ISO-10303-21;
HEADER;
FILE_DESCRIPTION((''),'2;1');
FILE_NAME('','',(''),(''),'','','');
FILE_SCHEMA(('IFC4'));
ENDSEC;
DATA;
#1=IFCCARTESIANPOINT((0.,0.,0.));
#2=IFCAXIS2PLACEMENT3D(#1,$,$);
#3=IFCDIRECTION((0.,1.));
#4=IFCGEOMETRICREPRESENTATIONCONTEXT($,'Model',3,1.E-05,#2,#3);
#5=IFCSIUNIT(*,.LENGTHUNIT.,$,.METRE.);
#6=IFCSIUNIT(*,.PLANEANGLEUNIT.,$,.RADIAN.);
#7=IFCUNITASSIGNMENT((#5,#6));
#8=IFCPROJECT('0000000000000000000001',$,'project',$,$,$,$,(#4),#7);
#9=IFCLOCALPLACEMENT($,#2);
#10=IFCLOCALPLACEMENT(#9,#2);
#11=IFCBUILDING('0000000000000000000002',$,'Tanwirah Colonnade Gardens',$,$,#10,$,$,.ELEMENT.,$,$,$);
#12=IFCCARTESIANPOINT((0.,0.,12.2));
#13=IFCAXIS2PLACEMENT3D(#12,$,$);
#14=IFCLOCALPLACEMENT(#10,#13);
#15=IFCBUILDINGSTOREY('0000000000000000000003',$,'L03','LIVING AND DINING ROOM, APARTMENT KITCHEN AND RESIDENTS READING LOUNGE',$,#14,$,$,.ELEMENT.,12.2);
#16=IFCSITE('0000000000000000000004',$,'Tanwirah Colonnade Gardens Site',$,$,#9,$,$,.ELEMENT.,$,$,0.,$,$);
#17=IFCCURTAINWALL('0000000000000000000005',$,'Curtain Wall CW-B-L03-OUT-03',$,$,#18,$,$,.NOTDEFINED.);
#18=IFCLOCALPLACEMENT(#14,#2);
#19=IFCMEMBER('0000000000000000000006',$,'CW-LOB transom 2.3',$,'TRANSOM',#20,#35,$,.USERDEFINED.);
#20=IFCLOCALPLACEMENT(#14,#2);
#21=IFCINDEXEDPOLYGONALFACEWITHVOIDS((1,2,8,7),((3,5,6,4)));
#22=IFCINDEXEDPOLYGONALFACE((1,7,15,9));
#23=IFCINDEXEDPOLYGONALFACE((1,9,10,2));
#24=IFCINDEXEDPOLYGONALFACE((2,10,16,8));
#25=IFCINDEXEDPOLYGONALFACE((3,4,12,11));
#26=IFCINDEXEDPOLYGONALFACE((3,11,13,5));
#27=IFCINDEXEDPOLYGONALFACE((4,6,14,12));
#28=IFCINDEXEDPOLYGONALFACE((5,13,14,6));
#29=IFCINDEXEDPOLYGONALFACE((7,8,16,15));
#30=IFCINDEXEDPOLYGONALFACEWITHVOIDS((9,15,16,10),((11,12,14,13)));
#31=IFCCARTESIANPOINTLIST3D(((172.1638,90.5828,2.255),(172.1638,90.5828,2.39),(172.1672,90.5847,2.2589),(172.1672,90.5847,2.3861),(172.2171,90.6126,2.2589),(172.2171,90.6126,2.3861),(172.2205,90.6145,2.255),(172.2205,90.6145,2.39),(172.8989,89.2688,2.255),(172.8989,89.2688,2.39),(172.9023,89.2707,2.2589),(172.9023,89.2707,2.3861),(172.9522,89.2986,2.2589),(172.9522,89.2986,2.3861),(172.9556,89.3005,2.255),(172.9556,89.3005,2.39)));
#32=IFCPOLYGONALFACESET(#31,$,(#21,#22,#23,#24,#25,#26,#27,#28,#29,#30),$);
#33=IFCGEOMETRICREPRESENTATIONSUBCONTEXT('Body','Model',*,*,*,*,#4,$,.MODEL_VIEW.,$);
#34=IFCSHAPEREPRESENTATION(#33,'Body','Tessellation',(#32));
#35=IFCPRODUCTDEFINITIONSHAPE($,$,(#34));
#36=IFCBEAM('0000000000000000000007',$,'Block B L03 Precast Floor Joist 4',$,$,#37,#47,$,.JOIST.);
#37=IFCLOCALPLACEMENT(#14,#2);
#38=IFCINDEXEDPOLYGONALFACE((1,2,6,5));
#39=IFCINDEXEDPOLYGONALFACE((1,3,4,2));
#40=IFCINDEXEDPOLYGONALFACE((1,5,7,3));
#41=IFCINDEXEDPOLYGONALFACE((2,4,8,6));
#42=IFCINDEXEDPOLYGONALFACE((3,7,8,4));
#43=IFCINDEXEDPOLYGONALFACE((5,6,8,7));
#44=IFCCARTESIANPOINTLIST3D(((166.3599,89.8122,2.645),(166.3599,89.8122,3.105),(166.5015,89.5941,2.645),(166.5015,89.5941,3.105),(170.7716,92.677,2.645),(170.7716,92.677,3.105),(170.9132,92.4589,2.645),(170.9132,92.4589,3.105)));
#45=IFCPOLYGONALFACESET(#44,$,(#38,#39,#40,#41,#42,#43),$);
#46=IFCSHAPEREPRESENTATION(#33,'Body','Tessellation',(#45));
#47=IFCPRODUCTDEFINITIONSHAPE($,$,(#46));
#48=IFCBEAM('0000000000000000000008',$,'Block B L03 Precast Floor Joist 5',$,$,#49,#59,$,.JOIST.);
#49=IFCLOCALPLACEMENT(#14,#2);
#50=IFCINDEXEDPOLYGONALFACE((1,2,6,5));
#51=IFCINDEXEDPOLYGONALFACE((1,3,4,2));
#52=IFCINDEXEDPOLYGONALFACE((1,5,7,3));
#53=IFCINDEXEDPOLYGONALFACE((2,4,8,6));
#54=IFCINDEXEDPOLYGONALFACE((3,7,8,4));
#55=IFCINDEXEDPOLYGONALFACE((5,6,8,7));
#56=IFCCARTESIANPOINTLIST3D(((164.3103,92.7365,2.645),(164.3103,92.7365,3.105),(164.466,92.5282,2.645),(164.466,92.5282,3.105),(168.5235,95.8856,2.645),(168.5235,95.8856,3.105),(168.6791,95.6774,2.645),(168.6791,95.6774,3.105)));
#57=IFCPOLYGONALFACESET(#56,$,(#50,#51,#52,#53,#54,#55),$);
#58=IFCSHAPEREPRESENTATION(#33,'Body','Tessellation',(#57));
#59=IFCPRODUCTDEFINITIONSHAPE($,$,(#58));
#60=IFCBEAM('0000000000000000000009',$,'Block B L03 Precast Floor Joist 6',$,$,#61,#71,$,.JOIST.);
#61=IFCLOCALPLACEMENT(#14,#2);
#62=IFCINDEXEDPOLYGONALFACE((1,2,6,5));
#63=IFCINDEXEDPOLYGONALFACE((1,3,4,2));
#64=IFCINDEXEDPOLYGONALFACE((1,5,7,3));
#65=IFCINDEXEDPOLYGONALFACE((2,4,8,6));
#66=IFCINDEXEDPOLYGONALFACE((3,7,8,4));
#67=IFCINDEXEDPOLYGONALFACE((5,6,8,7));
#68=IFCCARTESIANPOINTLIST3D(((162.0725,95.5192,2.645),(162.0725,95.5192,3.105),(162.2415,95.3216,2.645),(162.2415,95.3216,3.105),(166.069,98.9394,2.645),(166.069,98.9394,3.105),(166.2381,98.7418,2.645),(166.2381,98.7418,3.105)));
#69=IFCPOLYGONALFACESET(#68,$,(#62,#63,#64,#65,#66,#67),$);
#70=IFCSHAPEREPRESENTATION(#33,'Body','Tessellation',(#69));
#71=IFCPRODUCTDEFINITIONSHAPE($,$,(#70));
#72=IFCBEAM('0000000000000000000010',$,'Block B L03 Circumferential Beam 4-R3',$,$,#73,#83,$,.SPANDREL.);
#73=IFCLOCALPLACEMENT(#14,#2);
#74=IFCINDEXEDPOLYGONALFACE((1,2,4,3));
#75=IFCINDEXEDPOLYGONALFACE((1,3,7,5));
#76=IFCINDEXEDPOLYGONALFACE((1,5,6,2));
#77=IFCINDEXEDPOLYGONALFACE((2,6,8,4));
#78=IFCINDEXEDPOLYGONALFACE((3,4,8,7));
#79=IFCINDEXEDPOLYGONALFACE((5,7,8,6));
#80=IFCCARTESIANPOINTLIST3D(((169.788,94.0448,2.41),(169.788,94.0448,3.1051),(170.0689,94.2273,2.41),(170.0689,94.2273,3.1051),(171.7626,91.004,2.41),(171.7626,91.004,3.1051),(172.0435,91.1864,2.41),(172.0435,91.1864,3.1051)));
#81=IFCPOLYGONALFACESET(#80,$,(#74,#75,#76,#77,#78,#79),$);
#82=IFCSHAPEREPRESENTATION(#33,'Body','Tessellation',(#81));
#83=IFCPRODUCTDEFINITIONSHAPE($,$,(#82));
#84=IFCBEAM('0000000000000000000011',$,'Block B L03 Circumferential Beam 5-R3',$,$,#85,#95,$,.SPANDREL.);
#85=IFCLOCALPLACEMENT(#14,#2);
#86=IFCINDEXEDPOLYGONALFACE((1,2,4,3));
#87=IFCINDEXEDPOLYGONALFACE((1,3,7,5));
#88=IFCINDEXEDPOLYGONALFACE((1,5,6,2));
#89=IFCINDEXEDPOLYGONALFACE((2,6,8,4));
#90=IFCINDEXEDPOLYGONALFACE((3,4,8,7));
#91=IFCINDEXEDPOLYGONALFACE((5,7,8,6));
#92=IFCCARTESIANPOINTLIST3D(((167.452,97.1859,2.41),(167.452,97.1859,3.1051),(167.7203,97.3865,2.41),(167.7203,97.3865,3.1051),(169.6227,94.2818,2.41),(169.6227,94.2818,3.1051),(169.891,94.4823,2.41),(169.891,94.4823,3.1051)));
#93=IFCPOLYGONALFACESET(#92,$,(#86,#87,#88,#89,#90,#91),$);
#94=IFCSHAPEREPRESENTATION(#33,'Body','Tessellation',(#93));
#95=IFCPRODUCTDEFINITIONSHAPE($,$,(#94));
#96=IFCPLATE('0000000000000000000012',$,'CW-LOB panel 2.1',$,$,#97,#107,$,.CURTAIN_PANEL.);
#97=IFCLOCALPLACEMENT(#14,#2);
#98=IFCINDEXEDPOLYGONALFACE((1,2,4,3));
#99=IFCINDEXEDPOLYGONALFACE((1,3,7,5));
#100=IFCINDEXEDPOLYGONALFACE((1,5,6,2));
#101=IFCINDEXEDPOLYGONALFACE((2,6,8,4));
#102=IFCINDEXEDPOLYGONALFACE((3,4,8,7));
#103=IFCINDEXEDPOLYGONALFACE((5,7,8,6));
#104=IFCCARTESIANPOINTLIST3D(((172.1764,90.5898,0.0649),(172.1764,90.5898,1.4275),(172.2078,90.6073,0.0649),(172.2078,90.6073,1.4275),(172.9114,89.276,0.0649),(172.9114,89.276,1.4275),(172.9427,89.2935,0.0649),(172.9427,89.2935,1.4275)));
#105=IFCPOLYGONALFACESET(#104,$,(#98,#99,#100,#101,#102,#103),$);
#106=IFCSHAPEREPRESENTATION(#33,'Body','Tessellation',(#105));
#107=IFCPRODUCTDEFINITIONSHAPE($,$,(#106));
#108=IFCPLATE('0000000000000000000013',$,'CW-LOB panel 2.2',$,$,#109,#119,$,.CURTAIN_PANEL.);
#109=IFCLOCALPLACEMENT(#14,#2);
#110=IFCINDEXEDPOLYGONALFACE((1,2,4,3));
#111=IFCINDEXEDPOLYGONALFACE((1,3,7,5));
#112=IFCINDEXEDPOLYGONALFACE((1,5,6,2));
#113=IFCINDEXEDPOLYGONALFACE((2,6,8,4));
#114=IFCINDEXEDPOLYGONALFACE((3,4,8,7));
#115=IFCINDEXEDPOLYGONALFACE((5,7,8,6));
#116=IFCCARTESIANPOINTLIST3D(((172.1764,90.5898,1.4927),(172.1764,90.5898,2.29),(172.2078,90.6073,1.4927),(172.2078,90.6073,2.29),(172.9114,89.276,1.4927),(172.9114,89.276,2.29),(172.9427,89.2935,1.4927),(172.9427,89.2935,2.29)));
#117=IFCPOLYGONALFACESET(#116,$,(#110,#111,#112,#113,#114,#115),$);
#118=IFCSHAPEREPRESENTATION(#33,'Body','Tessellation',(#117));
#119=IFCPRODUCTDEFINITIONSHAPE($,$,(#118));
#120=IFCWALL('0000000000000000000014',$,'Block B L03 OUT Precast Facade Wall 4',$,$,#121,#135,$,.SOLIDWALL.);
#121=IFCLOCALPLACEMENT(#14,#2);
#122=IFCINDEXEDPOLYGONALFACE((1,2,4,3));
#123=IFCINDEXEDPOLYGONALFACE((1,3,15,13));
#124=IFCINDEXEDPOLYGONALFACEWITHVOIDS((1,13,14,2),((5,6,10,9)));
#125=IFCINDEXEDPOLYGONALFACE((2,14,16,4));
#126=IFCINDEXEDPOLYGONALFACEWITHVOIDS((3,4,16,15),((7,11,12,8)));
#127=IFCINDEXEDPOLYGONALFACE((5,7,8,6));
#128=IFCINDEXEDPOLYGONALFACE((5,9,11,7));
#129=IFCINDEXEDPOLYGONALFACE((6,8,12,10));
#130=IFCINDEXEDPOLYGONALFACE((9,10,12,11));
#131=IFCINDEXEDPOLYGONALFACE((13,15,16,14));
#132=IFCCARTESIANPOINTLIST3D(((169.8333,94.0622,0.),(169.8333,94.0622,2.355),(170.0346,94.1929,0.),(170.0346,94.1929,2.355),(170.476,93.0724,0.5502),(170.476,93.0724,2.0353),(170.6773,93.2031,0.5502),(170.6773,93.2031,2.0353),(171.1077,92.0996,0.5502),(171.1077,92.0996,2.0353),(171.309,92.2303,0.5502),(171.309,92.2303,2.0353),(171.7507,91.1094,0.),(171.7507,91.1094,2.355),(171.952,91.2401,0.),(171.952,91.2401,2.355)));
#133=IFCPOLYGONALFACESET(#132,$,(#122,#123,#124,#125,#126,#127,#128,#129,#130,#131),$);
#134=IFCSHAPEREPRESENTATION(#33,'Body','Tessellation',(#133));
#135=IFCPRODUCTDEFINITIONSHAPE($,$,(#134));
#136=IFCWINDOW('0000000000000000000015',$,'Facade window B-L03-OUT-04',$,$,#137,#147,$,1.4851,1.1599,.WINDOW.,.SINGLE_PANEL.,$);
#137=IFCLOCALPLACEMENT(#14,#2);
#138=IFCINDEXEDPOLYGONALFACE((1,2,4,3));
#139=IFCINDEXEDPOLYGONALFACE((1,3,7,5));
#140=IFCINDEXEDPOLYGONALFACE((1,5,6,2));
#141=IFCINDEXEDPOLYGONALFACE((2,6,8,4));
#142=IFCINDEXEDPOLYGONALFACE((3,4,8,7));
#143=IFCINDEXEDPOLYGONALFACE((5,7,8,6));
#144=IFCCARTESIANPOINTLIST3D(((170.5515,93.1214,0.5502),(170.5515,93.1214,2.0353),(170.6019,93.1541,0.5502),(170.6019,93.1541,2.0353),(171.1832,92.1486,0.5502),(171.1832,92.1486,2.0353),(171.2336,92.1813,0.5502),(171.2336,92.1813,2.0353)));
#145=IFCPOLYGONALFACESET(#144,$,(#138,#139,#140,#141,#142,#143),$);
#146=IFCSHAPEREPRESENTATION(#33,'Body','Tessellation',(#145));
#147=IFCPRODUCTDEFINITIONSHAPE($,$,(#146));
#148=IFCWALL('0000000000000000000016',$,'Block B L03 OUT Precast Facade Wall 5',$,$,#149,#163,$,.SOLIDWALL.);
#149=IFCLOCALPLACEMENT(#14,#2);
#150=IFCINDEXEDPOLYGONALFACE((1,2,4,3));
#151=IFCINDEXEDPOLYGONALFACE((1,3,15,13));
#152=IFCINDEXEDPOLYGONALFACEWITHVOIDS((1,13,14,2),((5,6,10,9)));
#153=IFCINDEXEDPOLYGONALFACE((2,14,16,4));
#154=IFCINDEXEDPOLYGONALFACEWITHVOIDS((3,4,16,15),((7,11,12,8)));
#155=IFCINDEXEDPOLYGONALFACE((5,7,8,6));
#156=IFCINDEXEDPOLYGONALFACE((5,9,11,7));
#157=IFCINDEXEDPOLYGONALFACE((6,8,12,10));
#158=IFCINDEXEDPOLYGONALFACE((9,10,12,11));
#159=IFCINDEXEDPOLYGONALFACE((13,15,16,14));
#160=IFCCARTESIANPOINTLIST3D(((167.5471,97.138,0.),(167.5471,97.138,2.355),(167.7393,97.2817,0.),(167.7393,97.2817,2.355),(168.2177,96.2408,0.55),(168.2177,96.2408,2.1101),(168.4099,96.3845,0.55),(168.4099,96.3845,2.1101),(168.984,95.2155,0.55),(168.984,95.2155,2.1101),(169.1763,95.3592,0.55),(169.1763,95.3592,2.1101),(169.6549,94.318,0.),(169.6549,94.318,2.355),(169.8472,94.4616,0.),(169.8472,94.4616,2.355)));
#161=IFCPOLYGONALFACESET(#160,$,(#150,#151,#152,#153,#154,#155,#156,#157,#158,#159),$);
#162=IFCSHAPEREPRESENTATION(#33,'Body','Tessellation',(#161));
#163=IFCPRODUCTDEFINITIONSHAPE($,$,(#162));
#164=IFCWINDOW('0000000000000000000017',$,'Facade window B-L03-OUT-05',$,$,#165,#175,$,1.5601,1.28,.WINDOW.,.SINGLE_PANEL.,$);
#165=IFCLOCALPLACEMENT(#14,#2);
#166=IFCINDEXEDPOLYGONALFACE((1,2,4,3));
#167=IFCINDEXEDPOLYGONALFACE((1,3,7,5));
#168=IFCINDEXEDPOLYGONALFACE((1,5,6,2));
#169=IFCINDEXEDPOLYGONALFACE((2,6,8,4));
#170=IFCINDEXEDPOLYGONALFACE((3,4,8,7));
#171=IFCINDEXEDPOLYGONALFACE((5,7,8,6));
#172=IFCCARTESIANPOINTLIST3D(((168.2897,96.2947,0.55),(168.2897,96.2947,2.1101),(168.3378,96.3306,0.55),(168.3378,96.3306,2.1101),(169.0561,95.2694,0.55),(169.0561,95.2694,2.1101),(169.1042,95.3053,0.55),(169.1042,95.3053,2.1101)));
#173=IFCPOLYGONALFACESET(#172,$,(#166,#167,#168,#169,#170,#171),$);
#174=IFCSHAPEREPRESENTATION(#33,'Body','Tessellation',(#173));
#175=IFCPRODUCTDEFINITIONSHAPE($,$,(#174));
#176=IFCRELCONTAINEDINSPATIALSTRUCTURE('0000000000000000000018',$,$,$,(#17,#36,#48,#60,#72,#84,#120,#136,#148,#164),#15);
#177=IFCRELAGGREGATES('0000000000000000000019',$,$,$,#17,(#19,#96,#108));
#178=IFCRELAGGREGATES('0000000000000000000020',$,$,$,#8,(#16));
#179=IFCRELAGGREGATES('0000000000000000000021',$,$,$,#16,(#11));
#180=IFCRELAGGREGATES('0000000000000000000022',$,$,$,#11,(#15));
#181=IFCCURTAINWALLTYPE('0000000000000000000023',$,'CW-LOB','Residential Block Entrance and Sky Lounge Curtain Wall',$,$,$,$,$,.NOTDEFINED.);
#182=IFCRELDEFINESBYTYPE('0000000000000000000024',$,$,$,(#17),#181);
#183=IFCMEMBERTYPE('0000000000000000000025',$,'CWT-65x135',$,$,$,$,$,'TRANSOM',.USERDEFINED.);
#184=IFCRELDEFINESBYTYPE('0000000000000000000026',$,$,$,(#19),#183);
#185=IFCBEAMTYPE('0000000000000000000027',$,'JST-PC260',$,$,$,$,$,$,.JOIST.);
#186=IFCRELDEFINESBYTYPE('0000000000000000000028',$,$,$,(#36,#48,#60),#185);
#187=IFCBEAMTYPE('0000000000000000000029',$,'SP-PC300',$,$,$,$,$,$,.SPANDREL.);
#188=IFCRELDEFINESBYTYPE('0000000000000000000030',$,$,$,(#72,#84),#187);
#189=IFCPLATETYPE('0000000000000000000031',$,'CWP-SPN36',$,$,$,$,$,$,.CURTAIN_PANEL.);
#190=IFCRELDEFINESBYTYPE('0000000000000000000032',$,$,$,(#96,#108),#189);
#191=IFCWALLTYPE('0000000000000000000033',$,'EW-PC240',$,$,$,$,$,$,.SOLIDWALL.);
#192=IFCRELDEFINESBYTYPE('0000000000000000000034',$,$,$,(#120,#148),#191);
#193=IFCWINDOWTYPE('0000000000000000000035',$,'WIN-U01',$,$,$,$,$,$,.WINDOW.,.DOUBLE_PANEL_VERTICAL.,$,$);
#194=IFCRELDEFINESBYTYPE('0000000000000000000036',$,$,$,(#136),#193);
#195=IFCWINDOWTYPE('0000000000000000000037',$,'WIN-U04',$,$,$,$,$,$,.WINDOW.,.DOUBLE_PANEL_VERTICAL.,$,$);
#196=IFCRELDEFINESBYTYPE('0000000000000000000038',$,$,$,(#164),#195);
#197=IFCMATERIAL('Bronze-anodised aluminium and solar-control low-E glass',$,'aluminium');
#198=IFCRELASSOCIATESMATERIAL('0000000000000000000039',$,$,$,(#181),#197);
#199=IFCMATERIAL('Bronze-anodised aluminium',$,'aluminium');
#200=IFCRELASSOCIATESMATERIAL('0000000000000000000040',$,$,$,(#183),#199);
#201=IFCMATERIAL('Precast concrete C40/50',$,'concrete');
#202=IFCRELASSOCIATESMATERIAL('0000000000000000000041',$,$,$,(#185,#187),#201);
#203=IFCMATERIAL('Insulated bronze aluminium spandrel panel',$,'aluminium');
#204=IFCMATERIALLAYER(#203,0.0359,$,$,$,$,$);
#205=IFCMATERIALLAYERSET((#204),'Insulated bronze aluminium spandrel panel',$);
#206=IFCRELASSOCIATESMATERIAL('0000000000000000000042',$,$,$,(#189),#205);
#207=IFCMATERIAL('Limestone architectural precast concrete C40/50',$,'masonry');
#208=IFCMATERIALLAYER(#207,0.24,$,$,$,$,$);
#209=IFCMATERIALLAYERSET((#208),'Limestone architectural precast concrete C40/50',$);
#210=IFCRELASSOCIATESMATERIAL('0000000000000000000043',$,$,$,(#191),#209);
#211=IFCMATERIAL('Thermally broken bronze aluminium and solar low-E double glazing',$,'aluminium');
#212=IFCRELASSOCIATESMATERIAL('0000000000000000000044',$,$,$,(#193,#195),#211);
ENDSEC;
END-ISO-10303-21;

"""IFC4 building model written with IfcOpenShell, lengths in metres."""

from ifc_helpers import new_model, si_unit, direction, frame, frame_2d, origin, origin_2d, place, context, subcontext, project, spatial, rectangle, hollow_rectangle, extrude, material, layer, layer_set, material_profile, profile_set, type_object, element, fill, aggregate, save


model = new_model("IFC4")

# Units and contexts
model_context = context("Model", 3, precision=1e-05, world=origin(), true_north=direction((0.0, 1.0)))
body_context = subcontext(model_context, "Body", "Model", "MODEL_VIEW")
ifc_project = project(units=[si_unit("LENGTHUNIT", "METRE"), si_unit("PLANEANGLEUNIT", "RADIAN")], contexts=[model_context])

# Site, building, storey
site_placement = place(None, origin())
site = spatial("IfcSite", under=ifc_project, at=site_placement, Name="Tanwirah Colonnade Gardens Site", CompositionType="ELEMENT", RefElevation=0.0)
building_placement = place(site_placement, origin())
building = spatial("IfcBuilding", under=site, at=building_placement, Name="Tanwirah Colonnade Gardens", CompositionType="ELEMENT")
storey_placement = place(building_placement, frame((0.0, 0.0, 12.2)))
storey = spatial("IfcBuildingStorey", under=building, at=storey_placement, Name="L03", Description="LIVING AND DINING ROOM, APARTMENT KITCHEN AND RESIDENTS READING LOUNGE", CompositionType="ELEMENT", Elevation=12.2)

# Shared definitions
ifc_material_1 = material(Name="Precast concrete C40/50", Category="concrete")

# Curtain wall, member
ifc_material_2 = material(Name="Bronze-anodised aluminium and solar-control low-E glass", Category="aluminium")
curtain_wall_type = type_object("IfcCurtainWallType", Name="CW-LOB", Description="Residential Block Entrance and Sky Lounge Curtain Wall", PredefinedType="NOTDEFINED", material=ifc_material_2)
curtain_wall_placement = place(storey_placement, origin())
curtain_wall = element("IfcCurtainWall", 1, at=curtain_wall_placement, inside=storey, type_object=curtain_wall_type, Name="Curtain Wall CW-B-L03-OUT-03", PredefinedType="NOTDEFINED")
ifc_material_3 = material(Name="Bronze-anodised aluminium", Category="aluminium")
ifc_material_profile_1 = material_profile(ifc_material_3, hollow_rectangle(XDim=0.0649, YDim=0.135, WallThickness=0.0039, at=origin_2d()), Name="CW-TRN 65x135x4")
ifc_profile_set_1 = profile_set([ifc_material_profile_1], Name="Bronze-anodised aluminium")
member_type_1 = type_object("IfcMemberType", Name="CWT-65x135", ElementType="TRANSOM", PredefinedType="USERDEFINED", material=ifc_profile_set_1)
member_1_placement = place(storey_placement, frame((172.9272, 89.2847, 2.3225), z_axis=(-0.488243, 0.872708, 0.0), x_axis=(-0.872708, -0.488243, 0.0)))
member_1 = element("IfcMember", 2, at=member_1_placement, type_object=member_type_1, Name="CW-LOB transom 2.3", ObjectType="TRANSOM", PredefinedType="USERDEFINED", context=body_context, shape_type="SweptSolid", body=[
    extrude(hollow_rectangle(XDim=0.0649, YDim=0.135, WallThickness=0.0039, at=origin_2d()), origin(), (0.0, 0.0, 1.0), 1.5056),
])

# Beams
ifc_material_profile_2 = material_profile(ifc_material_1, rectangle(XDim=0.26, YDim=0.46, at=origin_2d()), Name="PC-JST 260x460")
ifc_profile_set_2 = profile_set([ifc_material_profile_2], Name="Precast concrete C40/50")
beam_type_1 = type_object("IfcBeamType", Name="JST-PC260", PredefinedType="JOIST", material=ifc_profile_set_2)
beam_1_placement = place(storey_placement, frame((166.4307, 89.7031, 2.875), z_axis=(0.838687, 0.544613, 0.0), x_axis=(-0.544613, 0.838687, 0.0)))
element("IfcBeam", 3, at=beam_1_placement, inside=storey, type_object=beam_type_1, Name="Block B L03 Precast Floor Joist 4", PredefinedType="JOIST", context=body_context, shape_type="SweptSolid", body=[
    extrude(rectangle(XDim=0.26, YDim=0.46, at=origin_2d()), origin(), (0.0, 0.0, 1.0), 5.2603),
])
beam_2_placement = place(storey_placement, frame((164.3882, 92.6323, 2.875), z_axis=(0.800974, 0.5987, 0.0), x_axis=(-0.5987, 0.800974, 0.0)))
element("IfcBeam", 4, at=beam_2_placement, inside=storey, type_object=beam_type_1, Name="Block B L03 Precast Floor Joist 5", PredefinedType="JOIST", context=body_context, shape_type="SweptSolid", body=[
    extrude(rectangle(XDim=0.26, YDim=0.46, at=origin_2d()), origin(), (0.0, 0.0, 1.0), 5.26),
])
beam_3_placement = place(storey_placement, frame((162.157, 95.4204, 2.875), z_axis=(0.759771, 0.650191, 0.0), x_axis=(-0.650191, 0.759771, 0.0)))
element("IfcBeam", 5, at=beam_3_placement, inside=storey, type_object=beam_type_1, Name="Block B L03 Precast Floor Joist 6", PredefinedType="JOIST", context=body_context, shape_type="SweptSolid", body=[
    extrude(rectangle(XDim=0.26, YDim=0.46, at=origin_2d()), origin(), (0.0, 0.0, 1.0), 5.2603),
])
ifc_material_profile_3 = material_profile(ifc_material_1, rectangle(XDim=0.335, YDim=0.6951, at=origin_2d()), Name="PC-SP 335x695")
ifc_profile_set_3 = profile_set([ifc_material_profile_3], Name="Precast concrete C40/50")
beam_type_2 = type_object("IfcBeamType", Name="SP-PC300", PredefinedType="SPANDREL", material=ifc_profile_set_3)
for number, where, z_axis, x_axis, name in (
    (6, (171.9031, 91.0952, 2.7576), (-0.544621, 0.838682, 0.0), (-0.838682, -0.544621, 0.0), "Block B L03 Circumferential Beam 4-R3"),
    (7, (169.7568, 94.3821, 2.7576), (-0.598696, 0.800977, 0.0), (-0.800977, -0.598696, 0.0), "Block B L03 Circumferential Beam 5-R3"),
):
    element("IfcBeam", number, at=place(storey_placement, frame(where, z_axis=z_axis, x_axis=x_axis)), inside=storey, type_object=beam_type_2, Name=name, PredefinedType="SPANDREL", context=body_context, shape_type="SweptSolid", body=[
        extrude(rectangle(XDim=0.335, YDim=0.6951, at=origin_2d()), origin(), (0.0, 0.0, 1.0), 3.6257),
    ])

# Plates
ifc_material_4 = material(Name="Insulated bronze aluminium spandrel panel", Category="aluminium")
ifc_layer_1 = layer(ifc_material_4, 0.0359)
ifc_layer_set_1 = layer_set([ifc_layer_1], Name="Insulated bronze aluminium spandrel panel")
plate_type = type_object("IfcPlateType", Name="CWP-SPN36", PredefinedType="CURTAIN_PANEL", material=ifc_layer_set_1)
plate_1_placement = place(storey_placement, frame((172.5596, 89.9417, 0.0649), z_axis=(0.0, 0.0, 1.0), x_axis=(-0.4882, 0.872732, 0.0)))
plate_1 = element("IfcPlate", 8, at=plate_1_placement, type_object=plate_type, Name="CW-LOB panel 2.1", PredefinedType="CURTAIN_PANEL", context=body_context, shape_type="SweptSolid", body=[
    extrude(rectangle(XDim=1.5054, YDim=0.0359, at=origin_2d()), origin(), (0.0, 0.0, 1.0), 1.3625),
])
plate_2_placement = place(storey_placement, frame((172.5596, 89.9417, 1.4927), z_axis=(0.0, 0.0, 1.0), x_axis=(-0.4882, 0.872732, 0.0)))
plate_2 = element("IfcPlate", 9, at=plate_2_placement, type_object=plate_type, Name="CW-LOB panel 2.2", PredefinedType="CURTAIN_PANEL", context=body_context, shape_type="SweptSolid", body=[
    extrude(rectangle(XDim=1.5054, YDim=0.0359, at=origin_2d()), origin(), (0.0, 0.0, 1.0), 0.7974),
])
aggregate(curtain_wall, [member_1, plate_1, plate_2])

# Walls, openings, windows
ifc_material_5 = material(Name="Limestone architectural precast concrete C40/50", Category="masonry")
ifc_layer_2 = layer(ifc_material_5, 0.24)
ifc_layer_set_2 = layer_set([ifc_layer_2], Name="Limestone architectural precast concrete C40/50")
wall_type_1 = type_object("IfcWallType", Name="EW-PC240", PredefinedType="SOLIDWALL", material=ifc_layer_set_2)
wall_1_placement = place(storey_placement, frame((171.8513, 91.1748, 0.0), z_axis=(0.0, 0.0, 1.0), x_axis=(-0.544611, 0.838689, 0.0)))
wall_1 = element("IfcWall", 10, at=wall_1_placement, inside=storey, type_object=wall_type_1, Name="Block B L03 OUT Precast Facade Wall 4", PredefinedType="SOLIDWALL", context=body_context, shape_type="SweptSolid", body=[
    extrude(rectangle(XDim=3.5208, YDim=0.24, at=frame_2d((1.7603, 0.0))), origin(), (0.0, 0.0, 1.0), 2.355),
])
opening_1_placement = place(wall_1_placement, frame((1.1804, 0.0, 0.55)))
opening_1 = element("IfcOpeningElement", 11, at=opening_1_placement, cuts=wall_1, PredefinedType="OPENING", context=body_context, shape_type="SweptSolid", body=[
    extrude(rectangle(XDim=1.1599, YDim=1.4851, at=frame_2d((0.5801, 0.7427))), frame((0.0, 0.1299, 0.0), z_axis=(0.0, -1.0, 0.0), x_axis=(1.0, 0.0, 0.0)), (0.0, 0.0, 1.0), 0.26),
])
ifc_material_6 = material(Name="Thermally broken bronze aluminium and solar low-E double glazing", Category="aluminium")
window_type_1 = type_object("IfcWindowType", Name="WIN-U01", PartitioningType="DOUBLE_PANEL_VERTICAL", PredefinedType="WINDOW", material=ifc_material_6)
window_1_placement = place(opening_1_placement, origin())
window_1 = element("IfcWindow", 12, at=window_1_placement, inside=storey, type_object=window_type_1, Name="Facade window B-L03-OUT-04", OverallHeight=1.4851, OverallWidth=1.1599, PartitioningType="SINGLE_PANEL", PredefinedType="WINDOW", context=body_context, shape_type="SweptSolid", body=[
    extrude(rectangle(XDim=1.1599, YDim=1.4851, at=frame_2d((0.5801, 0.7427))), frame((0.0, 0.03, 0.0), z_axis=(0.0, -1.0, 0.0), x_axis=(1.0, 0.0, 0.0)), (0.0, 0.0, 1.0), 0.0601),
])
fill(opening_1, window_1)
wall_2_placement = place(storey_placement, frame((169.751, 94.3899, 0.0), z_axis=(0.0, 0.0, 1.0), x_axis=(-0.598701, 0.800973, 0.0)))
wall_2 = element("IfcWall", 13, at=wall_2_placement, inside=storey, type_object=wall_type_1, Name="Block B L03 OUT Precast Facade Wall 5", PredefinedType="SOLIDWALL", context=body_context, shape_type="SweptSolid", body=[
    extrude(rectangle(XDim=3.5208, YDim=0.24, at=frame_2d((1.7603, 0.0))), origin(), (0.0, 0.0, 1.0), 2.355),
])
opening_2_placement = place(wall_2_placement, frame((1.1204, 0.0, 0.55)))
opening_2 = element("IfcOpeningElement", 14, at=opening_2_placement, cuts=wall_2, PredefinedType="OPENING", context=body_context, shape_type="SweptSolid", body=[
    extrude(rectangle(XDim=1.28, YDim=1.5601, at=frame_2d((0.6401, 0.78))), frame((0.0, 0.1299, 0.0), z_axis=(0.0, -1.0, 0.0), x_axis=(1.0, 0.0, 0.0)), (0.0, 0.0, 1.0), 0.26),
])
window_type_2 = type_object("IfcWindowType", Name="WIN-U04", PartitioningType="DOUBLE_PANEL_VERTICAL", PredefinedType="WINDOW", material=ifc_material_6)
window_2_placement = place(opening_2_placement, origin())
window_2 = element("IfcWindow", 15, at=window_2_placement, inside=storey, type_object=window_type_2, Name="Facade window B-L03-OUT-05", OverallHeight=1.5601, OverallWidth=1.28, PartitioningType="SINGLE_PANEL", PredefinedType="WINDOW", context=body_context, shape_type="SweptSolid", body=[
    extrude(rectangle(XDim=1.28, YDim=1.5601, at=frame_2d((0.6401, 0.78))), frame((0.0, 0.03, 0.0), z_axis=(0.0, -1.0, 0.0), x_axis=(1.0, 0.0, 0.0)), (0.0, 0.0, 1.0), 0.0601),
])
fill(opening_2, window_2)

save(model, "model.ifc")
